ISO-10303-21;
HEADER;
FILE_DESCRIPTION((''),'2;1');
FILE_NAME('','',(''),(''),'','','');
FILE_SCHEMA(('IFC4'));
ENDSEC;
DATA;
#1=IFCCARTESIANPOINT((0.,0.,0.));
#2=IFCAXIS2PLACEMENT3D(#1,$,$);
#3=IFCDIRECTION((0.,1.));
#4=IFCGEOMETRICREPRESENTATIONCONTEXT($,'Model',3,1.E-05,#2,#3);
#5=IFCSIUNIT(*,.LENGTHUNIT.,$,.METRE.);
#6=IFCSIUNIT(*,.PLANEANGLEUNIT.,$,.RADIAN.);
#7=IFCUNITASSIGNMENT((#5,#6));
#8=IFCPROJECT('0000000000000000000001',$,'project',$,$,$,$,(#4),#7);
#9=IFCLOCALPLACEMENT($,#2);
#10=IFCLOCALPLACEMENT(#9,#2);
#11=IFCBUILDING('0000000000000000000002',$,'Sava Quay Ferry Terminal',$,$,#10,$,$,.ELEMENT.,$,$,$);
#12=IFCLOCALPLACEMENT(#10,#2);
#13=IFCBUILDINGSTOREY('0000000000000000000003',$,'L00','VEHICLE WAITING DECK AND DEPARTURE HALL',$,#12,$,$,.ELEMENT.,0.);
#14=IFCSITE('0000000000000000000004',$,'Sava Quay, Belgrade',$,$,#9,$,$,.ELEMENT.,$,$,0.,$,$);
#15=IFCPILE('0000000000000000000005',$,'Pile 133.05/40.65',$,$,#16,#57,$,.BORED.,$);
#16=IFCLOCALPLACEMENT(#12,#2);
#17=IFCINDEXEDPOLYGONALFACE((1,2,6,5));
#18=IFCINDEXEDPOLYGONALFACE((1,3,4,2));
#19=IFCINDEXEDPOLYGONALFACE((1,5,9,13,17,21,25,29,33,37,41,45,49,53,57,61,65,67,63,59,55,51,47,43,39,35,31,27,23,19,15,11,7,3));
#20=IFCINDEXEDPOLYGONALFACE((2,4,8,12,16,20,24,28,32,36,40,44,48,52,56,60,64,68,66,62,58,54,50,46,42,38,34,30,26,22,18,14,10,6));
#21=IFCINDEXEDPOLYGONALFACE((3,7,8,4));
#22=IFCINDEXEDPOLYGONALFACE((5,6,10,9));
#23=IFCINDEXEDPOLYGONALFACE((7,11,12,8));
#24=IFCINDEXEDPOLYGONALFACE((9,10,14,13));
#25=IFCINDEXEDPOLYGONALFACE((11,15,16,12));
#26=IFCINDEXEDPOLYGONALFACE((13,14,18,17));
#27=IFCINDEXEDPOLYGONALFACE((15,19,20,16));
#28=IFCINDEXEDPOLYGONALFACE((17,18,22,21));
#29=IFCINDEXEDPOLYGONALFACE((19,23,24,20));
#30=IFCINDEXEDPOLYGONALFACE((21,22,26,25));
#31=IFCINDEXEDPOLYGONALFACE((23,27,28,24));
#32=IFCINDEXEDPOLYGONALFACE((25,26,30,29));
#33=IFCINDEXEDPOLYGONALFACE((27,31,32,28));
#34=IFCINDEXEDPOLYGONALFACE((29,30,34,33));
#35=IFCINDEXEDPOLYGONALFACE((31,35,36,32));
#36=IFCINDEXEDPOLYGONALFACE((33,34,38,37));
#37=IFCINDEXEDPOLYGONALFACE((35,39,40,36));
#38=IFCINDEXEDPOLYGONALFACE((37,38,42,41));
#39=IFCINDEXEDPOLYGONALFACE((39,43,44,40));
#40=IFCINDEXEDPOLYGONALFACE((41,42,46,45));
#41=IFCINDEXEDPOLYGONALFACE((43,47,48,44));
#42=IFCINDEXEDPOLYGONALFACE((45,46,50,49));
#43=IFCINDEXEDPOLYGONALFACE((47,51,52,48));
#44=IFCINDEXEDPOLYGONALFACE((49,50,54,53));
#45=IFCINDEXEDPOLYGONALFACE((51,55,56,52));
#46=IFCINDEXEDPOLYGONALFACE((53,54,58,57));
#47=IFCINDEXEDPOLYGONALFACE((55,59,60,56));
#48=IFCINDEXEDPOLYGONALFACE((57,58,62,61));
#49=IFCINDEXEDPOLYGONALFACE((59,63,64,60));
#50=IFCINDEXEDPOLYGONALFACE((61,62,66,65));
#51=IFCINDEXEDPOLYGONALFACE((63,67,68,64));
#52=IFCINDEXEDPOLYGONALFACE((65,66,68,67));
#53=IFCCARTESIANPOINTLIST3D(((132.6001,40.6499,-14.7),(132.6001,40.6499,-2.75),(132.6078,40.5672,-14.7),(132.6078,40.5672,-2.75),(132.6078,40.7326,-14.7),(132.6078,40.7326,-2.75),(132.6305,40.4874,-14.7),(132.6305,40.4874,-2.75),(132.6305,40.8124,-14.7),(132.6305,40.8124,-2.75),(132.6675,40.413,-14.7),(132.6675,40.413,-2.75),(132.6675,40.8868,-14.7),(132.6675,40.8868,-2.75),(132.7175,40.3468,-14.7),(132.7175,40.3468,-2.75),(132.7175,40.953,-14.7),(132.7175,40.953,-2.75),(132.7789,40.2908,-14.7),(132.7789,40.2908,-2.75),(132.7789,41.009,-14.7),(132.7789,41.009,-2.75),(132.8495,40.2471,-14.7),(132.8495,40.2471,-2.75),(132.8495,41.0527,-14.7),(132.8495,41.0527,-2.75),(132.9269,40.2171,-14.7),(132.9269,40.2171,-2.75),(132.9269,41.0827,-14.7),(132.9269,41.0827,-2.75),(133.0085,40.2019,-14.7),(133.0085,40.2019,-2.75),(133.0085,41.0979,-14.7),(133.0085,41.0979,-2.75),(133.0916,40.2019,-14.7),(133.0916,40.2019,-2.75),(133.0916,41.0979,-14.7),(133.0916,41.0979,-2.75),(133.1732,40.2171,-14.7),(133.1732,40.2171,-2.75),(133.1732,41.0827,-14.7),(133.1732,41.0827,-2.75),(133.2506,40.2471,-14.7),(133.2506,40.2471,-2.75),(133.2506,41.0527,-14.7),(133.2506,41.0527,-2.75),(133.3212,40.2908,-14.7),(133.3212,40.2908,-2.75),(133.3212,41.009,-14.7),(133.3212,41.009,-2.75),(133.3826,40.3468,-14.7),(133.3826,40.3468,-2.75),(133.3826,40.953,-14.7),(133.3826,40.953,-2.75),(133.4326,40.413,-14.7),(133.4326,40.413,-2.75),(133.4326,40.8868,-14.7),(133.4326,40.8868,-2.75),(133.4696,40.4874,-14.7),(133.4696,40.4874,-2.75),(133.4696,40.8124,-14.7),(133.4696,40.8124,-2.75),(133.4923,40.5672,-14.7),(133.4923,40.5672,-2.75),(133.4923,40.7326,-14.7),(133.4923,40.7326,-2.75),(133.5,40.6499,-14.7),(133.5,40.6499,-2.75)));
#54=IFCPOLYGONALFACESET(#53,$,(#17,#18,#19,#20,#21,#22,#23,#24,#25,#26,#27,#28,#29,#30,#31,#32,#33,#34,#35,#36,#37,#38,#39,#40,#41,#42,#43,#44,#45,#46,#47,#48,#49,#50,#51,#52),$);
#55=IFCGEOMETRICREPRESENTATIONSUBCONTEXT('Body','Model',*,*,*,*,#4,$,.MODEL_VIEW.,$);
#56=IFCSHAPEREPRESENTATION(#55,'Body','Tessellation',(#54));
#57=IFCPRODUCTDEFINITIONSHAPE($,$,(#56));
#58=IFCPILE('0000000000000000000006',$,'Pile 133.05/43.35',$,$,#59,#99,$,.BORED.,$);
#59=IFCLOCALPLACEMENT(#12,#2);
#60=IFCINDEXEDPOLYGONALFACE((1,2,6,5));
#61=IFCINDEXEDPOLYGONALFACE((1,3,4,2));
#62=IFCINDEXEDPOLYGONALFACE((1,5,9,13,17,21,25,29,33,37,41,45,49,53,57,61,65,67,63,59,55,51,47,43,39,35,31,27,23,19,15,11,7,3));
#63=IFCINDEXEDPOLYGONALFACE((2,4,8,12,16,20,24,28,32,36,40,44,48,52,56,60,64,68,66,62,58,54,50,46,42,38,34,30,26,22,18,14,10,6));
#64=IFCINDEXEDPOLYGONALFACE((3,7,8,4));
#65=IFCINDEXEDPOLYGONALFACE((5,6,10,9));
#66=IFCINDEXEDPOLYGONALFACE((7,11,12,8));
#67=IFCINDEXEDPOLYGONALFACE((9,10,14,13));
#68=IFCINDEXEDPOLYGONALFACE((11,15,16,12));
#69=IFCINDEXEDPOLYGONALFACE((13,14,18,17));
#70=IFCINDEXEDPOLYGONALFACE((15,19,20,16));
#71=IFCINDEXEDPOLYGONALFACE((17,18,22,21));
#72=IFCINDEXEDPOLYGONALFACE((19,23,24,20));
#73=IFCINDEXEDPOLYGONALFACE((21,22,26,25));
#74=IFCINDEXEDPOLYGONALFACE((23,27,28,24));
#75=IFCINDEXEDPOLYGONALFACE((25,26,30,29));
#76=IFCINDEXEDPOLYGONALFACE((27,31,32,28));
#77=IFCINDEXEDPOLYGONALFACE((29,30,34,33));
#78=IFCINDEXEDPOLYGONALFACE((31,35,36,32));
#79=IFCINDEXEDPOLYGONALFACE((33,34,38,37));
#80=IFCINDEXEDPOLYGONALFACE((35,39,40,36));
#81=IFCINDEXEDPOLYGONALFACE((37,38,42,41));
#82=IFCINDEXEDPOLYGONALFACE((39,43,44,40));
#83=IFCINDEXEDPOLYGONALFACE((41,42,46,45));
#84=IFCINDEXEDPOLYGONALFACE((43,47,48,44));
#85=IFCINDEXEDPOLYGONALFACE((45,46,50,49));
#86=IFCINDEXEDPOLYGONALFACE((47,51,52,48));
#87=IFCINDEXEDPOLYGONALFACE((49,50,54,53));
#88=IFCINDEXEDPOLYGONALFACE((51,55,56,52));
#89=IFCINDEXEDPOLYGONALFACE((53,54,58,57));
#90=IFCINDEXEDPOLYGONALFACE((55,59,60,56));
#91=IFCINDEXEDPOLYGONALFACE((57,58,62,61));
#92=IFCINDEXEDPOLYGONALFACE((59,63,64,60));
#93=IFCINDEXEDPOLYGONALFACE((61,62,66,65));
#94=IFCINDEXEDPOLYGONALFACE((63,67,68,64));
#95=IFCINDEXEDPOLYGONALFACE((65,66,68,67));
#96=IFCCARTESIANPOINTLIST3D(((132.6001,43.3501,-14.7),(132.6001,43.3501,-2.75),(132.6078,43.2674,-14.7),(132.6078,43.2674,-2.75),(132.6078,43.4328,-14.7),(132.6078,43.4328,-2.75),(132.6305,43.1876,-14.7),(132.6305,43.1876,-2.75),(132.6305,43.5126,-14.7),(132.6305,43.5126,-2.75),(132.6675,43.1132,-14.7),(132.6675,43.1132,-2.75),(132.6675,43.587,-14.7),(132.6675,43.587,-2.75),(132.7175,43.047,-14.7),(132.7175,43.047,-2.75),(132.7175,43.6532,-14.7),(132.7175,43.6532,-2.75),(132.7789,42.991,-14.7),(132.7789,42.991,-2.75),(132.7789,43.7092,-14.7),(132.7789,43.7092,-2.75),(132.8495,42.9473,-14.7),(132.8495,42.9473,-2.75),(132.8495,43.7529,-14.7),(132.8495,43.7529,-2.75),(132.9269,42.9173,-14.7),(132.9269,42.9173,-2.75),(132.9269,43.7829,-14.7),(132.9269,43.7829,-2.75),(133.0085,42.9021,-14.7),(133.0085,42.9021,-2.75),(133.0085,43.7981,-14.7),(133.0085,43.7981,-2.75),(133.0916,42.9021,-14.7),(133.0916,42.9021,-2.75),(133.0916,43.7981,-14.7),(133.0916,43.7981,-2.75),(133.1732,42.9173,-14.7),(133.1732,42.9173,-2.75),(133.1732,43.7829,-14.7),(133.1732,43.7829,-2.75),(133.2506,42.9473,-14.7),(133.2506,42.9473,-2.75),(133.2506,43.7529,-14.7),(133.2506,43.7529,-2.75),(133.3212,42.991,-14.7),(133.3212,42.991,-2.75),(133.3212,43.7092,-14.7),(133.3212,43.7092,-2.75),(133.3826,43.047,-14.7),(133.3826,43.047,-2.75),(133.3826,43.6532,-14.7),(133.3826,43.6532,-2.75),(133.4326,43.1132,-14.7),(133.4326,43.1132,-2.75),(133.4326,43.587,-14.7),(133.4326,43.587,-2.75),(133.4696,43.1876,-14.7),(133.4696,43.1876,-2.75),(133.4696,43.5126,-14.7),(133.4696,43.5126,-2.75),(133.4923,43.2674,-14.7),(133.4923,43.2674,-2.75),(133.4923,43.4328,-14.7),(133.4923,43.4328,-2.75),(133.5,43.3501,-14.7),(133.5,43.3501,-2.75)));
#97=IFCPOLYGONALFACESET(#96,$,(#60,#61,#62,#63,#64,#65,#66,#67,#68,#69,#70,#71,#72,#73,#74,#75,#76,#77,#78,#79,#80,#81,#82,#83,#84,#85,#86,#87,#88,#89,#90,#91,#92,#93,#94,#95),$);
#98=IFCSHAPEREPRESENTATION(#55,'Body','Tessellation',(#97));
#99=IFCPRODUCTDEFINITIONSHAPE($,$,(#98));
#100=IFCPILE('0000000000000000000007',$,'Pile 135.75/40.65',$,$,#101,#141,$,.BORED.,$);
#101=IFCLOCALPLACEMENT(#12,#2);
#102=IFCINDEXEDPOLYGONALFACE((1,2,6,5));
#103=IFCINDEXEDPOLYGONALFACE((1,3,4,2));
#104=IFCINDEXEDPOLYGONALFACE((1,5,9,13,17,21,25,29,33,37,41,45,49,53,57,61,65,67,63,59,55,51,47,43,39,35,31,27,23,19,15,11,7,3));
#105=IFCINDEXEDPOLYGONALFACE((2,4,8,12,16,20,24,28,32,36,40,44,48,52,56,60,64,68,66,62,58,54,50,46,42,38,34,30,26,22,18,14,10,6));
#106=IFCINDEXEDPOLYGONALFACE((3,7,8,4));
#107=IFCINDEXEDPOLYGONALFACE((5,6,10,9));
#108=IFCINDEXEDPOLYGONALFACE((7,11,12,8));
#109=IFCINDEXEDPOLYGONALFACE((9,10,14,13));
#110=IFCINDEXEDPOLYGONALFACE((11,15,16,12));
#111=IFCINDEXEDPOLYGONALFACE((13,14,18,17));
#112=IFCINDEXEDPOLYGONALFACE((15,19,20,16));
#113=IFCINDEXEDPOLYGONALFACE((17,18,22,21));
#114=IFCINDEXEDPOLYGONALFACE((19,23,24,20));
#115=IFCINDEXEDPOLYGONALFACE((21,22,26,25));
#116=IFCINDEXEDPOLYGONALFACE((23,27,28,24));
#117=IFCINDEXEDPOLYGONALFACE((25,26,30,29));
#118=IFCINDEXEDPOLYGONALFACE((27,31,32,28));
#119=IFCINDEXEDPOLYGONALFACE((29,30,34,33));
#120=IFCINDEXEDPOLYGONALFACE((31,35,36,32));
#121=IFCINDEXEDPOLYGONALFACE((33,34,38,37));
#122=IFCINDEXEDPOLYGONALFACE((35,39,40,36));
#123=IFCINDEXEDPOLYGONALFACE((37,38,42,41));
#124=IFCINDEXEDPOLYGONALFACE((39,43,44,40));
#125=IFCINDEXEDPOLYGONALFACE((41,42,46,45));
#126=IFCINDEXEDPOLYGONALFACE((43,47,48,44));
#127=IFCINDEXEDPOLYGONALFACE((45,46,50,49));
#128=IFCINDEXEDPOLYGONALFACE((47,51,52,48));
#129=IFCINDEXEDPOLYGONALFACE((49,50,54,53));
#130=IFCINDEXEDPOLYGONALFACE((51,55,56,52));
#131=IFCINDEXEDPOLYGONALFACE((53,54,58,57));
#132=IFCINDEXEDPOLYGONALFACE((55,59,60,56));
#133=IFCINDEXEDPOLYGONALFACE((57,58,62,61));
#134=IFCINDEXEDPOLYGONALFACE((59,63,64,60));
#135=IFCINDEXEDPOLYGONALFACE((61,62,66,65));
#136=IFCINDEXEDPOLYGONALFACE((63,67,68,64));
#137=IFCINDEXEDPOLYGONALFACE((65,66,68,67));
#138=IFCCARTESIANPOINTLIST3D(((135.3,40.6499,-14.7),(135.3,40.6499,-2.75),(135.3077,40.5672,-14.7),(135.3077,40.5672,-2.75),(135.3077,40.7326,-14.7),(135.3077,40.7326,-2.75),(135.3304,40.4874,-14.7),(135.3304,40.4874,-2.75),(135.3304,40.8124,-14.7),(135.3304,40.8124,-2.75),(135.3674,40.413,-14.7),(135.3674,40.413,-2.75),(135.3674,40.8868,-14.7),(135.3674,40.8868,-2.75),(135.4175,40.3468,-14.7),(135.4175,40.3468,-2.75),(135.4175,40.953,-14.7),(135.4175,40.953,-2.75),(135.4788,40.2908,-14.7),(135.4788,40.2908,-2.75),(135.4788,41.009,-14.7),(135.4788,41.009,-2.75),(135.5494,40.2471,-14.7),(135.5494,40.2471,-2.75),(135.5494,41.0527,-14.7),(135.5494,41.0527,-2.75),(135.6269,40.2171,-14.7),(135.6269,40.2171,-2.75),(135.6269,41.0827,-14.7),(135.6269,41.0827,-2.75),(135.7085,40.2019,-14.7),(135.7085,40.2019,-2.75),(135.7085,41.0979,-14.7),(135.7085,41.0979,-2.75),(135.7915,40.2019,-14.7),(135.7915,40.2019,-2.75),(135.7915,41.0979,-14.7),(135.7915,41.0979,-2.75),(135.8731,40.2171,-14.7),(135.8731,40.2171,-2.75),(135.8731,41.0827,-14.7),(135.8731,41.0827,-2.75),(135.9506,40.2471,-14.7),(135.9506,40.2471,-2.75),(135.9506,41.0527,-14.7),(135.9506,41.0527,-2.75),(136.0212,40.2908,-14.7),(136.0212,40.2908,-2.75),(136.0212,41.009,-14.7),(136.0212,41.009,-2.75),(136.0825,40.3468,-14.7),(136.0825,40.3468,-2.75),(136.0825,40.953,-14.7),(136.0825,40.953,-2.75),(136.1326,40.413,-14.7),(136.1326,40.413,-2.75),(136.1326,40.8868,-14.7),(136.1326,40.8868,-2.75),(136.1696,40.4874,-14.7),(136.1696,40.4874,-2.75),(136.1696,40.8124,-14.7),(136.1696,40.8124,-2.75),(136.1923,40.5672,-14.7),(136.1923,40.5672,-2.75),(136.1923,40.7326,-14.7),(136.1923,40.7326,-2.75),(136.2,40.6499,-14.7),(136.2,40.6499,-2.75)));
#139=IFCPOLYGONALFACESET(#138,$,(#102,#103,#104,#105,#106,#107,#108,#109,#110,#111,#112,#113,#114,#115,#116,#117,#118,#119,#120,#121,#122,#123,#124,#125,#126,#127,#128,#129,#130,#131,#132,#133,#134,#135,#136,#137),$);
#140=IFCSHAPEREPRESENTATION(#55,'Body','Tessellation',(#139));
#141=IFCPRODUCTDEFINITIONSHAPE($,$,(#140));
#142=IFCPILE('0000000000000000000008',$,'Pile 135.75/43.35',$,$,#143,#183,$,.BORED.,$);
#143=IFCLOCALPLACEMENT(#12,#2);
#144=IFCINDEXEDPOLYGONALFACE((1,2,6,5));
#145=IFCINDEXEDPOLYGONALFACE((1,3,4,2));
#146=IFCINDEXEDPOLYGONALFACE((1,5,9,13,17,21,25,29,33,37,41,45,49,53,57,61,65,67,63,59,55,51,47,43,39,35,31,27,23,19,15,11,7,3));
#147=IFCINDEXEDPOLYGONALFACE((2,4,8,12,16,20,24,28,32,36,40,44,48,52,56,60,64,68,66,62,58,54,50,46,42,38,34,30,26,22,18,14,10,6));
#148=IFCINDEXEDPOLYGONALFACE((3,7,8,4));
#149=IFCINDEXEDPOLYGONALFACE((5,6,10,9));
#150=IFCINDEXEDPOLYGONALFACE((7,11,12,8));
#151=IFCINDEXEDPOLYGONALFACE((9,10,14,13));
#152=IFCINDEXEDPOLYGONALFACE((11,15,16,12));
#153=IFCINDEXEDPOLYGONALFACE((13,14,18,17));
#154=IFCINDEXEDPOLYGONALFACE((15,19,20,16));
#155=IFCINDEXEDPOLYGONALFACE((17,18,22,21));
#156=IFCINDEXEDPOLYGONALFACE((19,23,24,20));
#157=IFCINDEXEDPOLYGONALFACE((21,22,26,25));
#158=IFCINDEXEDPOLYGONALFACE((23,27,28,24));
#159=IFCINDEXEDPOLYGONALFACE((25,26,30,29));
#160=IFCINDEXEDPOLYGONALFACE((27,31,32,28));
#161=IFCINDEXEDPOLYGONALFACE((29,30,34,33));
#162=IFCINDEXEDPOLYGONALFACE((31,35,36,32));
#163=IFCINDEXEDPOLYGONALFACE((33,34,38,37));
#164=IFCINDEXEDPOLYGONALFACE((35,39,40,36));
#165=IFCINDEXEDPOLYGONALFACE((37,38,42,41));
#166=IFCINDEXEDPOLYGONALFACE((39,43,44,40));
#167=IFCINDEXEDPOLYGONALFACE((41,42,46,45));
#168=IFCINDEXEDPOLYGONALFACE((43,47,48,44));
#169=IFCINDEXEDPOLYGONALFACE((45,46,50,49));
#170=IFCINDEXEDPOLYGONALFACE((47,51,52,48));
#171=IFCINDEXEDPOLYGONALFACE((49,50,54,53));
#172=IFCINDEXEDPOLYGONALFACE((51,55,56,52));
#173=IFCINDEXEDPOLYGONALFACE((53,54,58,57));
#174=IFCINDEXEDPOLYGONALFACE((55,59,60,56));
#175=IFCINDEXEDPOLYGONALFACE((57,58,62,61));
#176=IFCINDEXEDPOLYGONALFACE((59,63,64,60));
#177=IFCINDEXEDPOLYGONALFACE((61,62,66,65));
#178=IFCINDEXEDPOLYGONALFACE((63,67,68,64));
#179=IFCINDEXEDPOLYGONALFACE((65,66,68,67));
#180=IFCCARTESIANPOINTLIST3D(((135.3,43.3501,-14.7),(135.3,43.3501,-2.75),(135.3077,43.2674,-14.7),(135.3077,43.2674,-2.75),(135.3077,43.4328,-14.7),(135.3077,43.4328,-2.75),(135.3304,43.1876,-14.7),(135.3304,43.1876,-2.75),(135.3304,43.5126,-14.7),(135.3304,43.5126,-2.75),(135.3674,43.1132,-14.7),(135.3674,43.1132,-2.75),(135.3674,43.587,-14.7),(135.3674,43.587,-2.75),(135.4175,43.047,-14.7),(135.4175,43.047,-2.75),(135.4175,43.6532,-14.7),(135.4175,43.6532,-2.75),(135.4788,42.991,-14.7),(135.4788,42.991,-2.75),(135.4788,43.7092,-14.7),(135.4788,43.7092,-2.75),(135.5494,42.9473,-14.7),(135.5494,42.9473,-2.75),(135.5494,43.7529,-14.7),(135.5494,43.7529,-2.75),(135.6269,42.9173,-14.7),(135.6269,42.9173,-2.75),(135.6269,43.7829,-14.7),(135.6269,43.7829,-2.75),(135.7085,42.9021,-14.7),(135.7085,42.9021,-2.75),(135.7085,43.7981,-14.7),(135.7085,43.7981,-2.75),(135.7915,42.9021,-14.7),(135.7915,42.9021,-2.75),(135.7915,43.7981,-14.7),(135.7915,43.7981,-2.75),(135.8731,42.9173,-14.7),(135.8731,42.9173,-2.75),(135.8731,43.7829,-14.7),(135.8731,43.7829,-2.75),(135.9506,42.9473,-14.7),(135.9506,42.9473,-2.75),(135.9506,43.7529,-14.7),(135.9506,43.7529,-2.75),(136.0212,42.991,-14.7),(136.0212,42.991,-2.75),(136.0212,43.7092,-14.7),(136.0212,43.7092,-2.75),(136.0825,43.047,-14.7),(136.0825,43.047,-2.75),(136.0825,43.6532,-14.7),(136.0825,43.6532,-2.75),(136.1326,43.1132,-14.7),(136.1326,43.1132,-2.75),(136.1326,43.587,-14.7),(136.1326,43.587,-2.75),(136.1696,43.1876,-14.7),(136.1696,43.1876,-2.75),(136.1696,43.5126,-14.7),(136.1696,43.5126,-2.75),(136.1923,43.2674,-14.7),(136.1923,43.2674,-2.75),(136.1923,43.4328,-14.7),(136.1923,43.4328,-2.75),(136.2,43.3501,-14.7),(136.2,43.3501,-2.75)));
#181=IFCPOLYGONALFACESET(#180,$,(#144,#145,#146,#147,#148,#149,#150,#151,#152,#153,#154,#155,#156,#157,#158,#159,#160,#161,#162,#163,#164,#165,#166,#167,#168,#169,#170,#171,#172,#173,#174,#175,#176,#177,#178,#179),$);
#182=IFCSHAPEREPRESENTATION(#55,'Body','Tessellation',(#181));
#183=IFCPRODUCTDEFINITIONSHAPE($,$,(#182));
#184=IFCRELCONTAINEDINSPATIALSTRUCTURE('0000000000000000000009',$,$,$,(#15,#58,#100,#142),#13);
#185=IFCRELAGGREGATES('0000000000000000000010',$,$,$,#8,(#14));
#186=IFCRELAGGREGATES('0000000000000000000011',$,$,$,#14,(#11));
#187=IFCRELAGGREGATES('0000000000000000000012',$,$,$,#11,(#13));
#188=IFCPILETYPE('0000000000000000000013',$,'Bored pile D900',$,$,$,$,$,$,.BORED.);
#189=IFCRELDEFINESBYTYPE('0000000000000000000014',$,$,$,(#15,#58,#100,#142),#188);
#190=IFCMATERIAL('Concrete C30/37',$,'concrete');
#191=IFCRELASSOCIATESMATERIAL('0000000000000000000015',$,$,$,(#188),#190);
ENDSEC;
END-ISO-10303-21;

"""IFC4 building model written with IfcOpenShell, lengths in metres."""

from ifc_helpers import new_model, si_unit, direction, frame, origin, origin_2d, place, context, subcontext, project, spatial, circle, extrude, material, material_profile, profile_set, type_object, element, save


model = new_model("IFC4")

# Units and contexts
model_context = context("Model", 3, precision=1e-05, world=origin(), true_north=direction((0.0, 1.0)))
body_context = subcontext(model_context, "Body", "Model", "MODEL_VIEW")
ifc_project = project(units=[si_unit("LENGTHUNIT", "METRE"), si_unit("PLANEANGLEUNIT", "RADIAN")], contexts=[model_context])

# Site, building, storey
site_placement = place(None, origin())
site = spatial("IfcSite", under=ifc_project, at=site_placement, Name="Sava Quay, Belgrade", CompositionType="ELEMENT", RefElevation=0.0)
building_placement = place(site_placement, origin())
building = spatial("IfcBuilding", under=site, at=building_placement, Name="Sava Quay Ferry Terminal", CompositionType="ELEMENT")
storey_placement = place(building_placement, origin())
storey = spatial("IfcBuildingStorey", under=building, at=storey_placement, Name="L00", Description="VEHICLE WAITING DECK AND DEPARTURE HALL", CompositionType="ELEMENT", Elevation=0.0)

# Piles
ifc_material_1 = material(Name="Concrete C30/37", Category="concrete")
ifc_material_profile_1 = material_profile(ifc_material_1, circle(Radius=0.45, at=origin_2d()), Name="Bored pile D900")
ifc_profile_set_1 = profile_set([ifc_material_profile_1], Name="Concrete C30/37")
pile_type = type_object("IfcPileType", Name="Bored pile D900", PredefinedType="BORED", material=ifc_profile_set_1)
for number, where, z_axis, x_axis, name in (
    (1, (133.05, 40.6499, -2.75), (0.0, 0.0, -1.0), (1.0, 0.0, 0.0), "Pile 133.05/40.65"),
    (2, (133.05, 43.3501, -2.75), (0.0, 0.0, -1.0), (1.0, 0.0, 0.0), "Pile 133.05/43.35"),
    (3, (135.75, 40.6499, -2.75), (0.0, 0.0, -1.0), (1.0, 0.0, 0.0), "Pile 135.75/40.65"),
    (4, (135.75, 43.3501, -2.75), (0.0, 0.0, -1.0), (1.0, 0.0, 0.0), "Pile 135.75/43.35"),
):
    element("IfcPile", number, at=place(storey_placement, frame(where, z_axis=z_axis, x_axis=x_axis)), inside=storey, type_object=pile_type, Name=name, PredefinedType="BORED", context=body_context, shape_type="SweptSolid", body=[
        extrude(circle(Radius=0.45, at=origin_2d()), origin(), (0.0, 0.0, 1.0), 11.95),
    ])

save(model, "model.ifc")
